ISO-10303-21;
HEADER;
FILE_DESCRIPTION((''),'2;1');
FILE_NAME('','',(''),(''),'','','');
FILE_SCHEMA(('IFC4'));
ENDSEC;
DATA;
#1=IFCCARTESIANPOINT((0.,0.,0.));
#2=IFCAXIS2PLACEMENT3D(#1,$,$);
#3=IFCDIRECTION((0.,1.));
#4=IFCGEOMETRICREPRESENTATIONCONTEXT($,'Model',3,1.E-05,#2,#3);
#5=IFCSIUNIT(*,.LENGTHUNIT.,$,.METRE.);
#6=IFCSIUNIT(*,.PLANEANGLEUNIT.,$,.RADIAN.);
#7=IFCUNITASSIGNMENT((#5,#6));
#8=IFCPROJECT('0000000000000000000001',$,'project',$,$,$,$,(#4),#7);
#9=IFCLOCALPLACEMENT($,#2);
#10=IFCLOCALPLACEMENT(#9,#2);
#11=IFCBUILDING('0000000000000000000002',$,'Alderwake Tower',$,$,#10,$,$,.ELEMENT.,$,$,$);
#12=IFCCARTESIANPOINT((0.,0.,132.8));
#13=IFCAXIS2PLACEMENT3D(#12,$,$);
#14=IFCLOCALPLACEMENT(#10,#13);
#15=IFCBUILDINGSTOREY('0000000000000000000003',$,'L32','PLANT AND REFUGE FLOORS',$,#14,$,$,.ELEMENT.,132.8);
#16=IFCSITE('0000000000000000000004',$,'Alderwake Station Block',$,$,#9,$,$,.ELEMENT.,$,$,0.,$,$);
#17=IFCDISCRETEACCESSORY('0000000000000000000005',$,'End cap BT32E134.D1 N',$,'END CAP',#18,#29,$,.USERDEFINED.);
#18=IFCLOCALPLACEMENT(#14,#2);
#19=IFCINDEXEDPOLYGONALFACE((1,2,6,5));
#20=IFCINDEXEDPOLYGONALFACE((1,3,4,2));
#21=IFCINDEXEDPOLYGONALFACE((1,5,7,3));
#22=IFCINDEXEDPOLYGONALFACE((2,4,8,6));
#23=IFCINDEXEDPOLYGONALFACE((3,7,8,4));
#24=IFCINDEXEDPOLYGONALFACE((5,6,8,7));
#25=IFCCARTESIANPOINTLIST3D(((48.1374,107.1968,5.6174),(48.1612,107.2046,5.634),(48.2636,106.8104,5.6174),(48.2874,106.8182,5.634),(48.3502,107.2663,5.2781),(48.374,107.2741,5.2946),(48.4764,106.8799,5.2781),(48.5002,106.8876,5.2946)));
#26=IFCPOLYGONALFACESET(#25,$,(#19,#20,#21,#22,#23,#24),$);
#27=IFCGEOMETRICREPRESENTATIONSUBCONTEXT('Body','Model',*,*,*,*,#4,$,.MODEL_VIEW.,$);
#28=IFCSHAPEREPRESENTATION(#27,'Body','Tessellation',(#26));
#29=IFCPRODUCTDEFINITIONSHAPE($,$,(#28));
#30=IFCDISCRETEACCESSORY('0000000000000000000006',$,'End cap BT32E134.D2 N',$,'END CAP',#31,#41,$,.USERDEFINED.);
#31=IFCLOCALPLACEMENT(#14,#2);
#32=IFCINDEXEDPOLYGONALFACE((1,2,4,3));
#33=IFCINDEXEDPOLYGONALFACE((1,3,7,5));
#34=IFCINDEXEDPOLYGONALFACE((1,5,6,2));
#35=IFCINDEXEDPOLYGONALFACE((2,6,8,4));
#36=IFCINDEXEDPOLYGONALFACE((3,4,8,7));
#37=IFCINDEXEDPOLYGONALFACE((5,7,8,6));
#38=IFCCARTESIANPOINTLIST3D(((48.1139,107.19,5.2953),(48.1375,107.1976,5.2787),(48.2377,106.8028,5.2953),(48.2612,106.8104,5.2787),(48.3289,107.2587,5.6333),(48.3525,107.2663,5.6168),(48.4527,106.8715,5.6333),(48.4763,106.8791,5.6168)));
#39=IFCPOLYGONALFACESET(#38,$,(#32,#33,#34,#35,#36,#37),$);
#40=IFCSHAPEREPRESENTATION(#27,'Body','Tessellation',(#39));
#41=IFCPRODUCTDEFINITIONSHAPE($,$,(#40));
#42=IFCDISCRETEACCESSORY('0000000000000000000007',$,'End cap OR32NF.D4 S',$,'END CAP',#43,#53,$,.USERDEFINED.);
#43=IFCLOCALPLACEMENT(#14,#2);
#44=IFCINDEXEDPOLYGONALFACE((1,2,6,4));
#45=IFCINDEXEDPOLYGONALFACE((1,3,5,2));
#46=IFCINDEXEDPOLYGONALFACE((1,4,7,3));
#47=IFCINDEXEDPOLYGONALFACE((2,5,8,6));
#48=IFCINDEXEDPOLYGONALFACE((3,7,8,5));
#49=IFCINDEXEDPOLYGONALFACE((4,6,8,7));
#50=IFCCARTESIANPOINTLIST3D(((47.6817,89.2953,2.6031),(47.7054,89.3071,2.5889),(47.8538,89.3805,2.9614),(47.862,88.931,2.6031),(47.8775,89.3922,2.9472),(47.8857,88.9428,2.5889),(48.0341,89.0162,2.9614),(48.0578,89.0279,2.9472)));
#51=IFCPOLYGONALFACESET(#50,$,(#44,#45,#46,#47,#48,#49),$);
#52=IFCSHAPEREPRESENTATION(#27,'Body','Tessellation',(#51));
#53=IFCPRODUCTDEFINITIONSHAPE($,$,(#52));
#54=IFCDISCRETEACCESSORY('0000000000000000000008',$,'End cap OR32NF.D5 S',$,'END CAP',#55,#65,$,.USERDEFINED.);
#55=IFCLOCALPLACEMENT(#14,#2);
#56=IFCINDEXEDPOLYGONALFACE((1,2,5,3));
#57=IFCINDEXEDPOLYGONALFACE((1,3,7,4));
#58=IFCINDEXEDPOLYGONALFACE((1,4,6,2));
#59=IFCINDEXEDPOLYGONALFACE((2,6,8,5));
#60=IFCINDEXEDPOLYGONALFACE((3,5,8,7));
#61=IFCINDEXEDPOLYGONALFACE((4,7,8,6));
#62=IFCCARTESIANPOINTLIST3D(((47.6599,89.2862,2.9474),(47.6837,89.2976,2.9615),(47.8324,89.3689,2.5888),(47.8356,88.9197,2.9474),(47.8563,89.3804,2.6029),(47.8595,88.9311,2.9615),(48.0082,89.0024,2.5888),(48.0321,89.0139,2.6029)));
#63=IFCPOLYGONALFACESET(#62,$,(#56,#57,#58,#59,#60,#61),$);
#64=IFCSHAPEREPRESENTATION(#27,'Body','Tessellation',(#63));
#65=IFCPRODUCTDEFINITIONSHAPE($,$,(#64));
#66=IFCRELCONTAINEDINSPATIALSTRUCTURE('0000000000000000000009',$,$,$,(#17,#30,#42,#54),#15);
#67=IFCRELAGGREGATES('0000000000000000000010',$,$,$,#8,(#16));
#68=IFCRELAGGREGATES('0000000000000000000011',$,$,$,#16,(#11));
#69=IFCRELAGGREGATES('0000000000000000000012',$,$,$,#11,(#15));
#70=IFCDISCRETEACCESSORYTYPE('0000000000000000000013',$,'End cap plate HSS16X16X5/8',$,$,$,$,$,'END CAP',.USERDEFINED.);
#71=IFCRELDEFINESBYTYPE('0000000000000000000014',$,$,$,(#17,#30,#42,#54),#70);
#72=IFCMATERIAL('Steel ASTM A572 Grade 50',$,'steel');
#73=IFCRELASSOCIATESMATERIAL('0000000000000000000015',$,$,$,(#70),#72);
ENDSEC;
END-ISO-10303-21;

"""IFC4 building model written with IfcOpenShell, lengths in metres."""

from ifc_helpers import new_model, si_unit, direction, frame, origin, origin_2d, place, context, subcontext, project, spatial, rectangle, extrude, material, material_profile, profile_set, type_object, element, save


model = new_model("IFC4")

# Units and contexts
model_context = context("Model", 3, precision=1e-05, world=origin(), true_north=direction((0.0, 1.0)))
body_context = subcontext(model_context, "Body", "Model", "MODEL_VIEW")
ifc_project = project(units=[si_unit("LENGTHUNIT", "METRE"), si_unit("PLANEANGLEUNIT", "RADIAN")], contexts=[model_context])

# Site, building, storey
site_placement = place(None, origin())
site = spatial("IfcSite", under=ifc_project, at=site_placement, Name="Alderwake Station Block", CompositionType="ELEMENT", RefElevation=0.0)
building_placement = place(site_placement, origin())
building = spatial("IfcBuilding", under=site, at=building_placement, Name="Alderwake Tower", CompositionType="ELEMENT")
storey_placement = place(building_placement, frame((0.0, 0.0, 132.8)))
storey = spatial("IfcBuildingStorey", under=building, at=storey_placement, Name="L32", Description="PLANT AND REFUGE FLOORS", CompositionType="ELEMENT", Elevation=132.8)

# Discrete accessories
ifc_material_1 = material(Name="Steel ASTM A572 Grade 50", Category="steel")
ifc_material_profile_1 = material_profile(ifc_material_1, rectangle(XDim=0.4065, YDim=0.4065, at=origin_2d()), Name="HSS16X16X5/8 cap")
ifc_profile_set_1 = profile_set([ifc_material_profile_1], Name="Steel ASTM A572 Grade 50")
discrete_accessory_type_1 = type_object("IfcDiscreteAccessoryType", Name="End cap plate HSS16X16X5/8", ElementType="END CAP", PredefinedType="USERDEFINED", material=ifc_profile_set_1)
for number, where, z_axis, x_axis, name in (
    (1, (48.3069, 107.0383, 5.4478), (0.793529, 0.259111, 0.550612), (-0.310402, 0.950605, 0.0), "End cap BT32E134.D1 N"),
):
    element("IfcDiscreteAccessory", number, at=place(storey_placement, frame(where, z_axis=z_axis, x_axis=x_axis)), inside=storey, type_object=discrete_accessory_type_1, Name=name, ObjectType="END CAP", PredefinedType="USERDEFINED", context=body_context, shape_type="SweptSolid", body=[
        extrude(rectangle(XDim=0.4065, YDim=0.4065, at=origin_2d()), origin(), (0.0, 0.0, 1.0), 0.03),
    ])
discrete_accessory_1_placement = place(storey_placement, frame((48.3069, 107.0383, 5.4478), z_axis=(-0.79216, -0.253165, 0.555329), x_axis=(0.304419, -0.952538, 0.0)))
element("IfcDiscreteAccessory", 2, at=discrete_accessory_1_placement, inside=storey, type_object=discrete_accessory_type_1, Name="End cap BT32E134.D2 N", ObjectType="END CAP", PredefinedType="USERDEFINED", context=body_context, shape_type="SweptSolid", body=[
    extrude(rectangle(XDim=0.4065, YDim=0.4065, at=origin_2d()), origin(), (0.0, 0.0, 1.0), 0.0298),
])
for number, where, z_axis, x_axis, name in (
    (3, (47.8579, 89.1558, 2.7822), (0.789977, 0.390916, -0.472357), (-0.443514, 0.896268, 0.0), "End cap OR32NF.D4 S"),
    (4, (47.8579, 89.1558, 2.7822), (-0.795487, -0.381509, -0.470798), (0.432432, -0.901667, 0.0), "End cap OR32NF.D5 S"),
):
    element("IfcDiscreteAccessory", number, at=place(storey_placement, frame(where, z_axis=z_axis, x_axis=x_axis)), inside=storey, type_object=discrete_accessory_type_1, Name=name, ObjectType="END CAP", PredefinedType="USERDEFINED", context=body_context, shape_type="SweptSolid", body=[
        extrude(rectangle(XDim=0.4065, YDim=0.4065, at=origin_2d()), origin(), (0.0, 0.0, 1.0), 0.03),
    ])

save(model, "model.ifc")
